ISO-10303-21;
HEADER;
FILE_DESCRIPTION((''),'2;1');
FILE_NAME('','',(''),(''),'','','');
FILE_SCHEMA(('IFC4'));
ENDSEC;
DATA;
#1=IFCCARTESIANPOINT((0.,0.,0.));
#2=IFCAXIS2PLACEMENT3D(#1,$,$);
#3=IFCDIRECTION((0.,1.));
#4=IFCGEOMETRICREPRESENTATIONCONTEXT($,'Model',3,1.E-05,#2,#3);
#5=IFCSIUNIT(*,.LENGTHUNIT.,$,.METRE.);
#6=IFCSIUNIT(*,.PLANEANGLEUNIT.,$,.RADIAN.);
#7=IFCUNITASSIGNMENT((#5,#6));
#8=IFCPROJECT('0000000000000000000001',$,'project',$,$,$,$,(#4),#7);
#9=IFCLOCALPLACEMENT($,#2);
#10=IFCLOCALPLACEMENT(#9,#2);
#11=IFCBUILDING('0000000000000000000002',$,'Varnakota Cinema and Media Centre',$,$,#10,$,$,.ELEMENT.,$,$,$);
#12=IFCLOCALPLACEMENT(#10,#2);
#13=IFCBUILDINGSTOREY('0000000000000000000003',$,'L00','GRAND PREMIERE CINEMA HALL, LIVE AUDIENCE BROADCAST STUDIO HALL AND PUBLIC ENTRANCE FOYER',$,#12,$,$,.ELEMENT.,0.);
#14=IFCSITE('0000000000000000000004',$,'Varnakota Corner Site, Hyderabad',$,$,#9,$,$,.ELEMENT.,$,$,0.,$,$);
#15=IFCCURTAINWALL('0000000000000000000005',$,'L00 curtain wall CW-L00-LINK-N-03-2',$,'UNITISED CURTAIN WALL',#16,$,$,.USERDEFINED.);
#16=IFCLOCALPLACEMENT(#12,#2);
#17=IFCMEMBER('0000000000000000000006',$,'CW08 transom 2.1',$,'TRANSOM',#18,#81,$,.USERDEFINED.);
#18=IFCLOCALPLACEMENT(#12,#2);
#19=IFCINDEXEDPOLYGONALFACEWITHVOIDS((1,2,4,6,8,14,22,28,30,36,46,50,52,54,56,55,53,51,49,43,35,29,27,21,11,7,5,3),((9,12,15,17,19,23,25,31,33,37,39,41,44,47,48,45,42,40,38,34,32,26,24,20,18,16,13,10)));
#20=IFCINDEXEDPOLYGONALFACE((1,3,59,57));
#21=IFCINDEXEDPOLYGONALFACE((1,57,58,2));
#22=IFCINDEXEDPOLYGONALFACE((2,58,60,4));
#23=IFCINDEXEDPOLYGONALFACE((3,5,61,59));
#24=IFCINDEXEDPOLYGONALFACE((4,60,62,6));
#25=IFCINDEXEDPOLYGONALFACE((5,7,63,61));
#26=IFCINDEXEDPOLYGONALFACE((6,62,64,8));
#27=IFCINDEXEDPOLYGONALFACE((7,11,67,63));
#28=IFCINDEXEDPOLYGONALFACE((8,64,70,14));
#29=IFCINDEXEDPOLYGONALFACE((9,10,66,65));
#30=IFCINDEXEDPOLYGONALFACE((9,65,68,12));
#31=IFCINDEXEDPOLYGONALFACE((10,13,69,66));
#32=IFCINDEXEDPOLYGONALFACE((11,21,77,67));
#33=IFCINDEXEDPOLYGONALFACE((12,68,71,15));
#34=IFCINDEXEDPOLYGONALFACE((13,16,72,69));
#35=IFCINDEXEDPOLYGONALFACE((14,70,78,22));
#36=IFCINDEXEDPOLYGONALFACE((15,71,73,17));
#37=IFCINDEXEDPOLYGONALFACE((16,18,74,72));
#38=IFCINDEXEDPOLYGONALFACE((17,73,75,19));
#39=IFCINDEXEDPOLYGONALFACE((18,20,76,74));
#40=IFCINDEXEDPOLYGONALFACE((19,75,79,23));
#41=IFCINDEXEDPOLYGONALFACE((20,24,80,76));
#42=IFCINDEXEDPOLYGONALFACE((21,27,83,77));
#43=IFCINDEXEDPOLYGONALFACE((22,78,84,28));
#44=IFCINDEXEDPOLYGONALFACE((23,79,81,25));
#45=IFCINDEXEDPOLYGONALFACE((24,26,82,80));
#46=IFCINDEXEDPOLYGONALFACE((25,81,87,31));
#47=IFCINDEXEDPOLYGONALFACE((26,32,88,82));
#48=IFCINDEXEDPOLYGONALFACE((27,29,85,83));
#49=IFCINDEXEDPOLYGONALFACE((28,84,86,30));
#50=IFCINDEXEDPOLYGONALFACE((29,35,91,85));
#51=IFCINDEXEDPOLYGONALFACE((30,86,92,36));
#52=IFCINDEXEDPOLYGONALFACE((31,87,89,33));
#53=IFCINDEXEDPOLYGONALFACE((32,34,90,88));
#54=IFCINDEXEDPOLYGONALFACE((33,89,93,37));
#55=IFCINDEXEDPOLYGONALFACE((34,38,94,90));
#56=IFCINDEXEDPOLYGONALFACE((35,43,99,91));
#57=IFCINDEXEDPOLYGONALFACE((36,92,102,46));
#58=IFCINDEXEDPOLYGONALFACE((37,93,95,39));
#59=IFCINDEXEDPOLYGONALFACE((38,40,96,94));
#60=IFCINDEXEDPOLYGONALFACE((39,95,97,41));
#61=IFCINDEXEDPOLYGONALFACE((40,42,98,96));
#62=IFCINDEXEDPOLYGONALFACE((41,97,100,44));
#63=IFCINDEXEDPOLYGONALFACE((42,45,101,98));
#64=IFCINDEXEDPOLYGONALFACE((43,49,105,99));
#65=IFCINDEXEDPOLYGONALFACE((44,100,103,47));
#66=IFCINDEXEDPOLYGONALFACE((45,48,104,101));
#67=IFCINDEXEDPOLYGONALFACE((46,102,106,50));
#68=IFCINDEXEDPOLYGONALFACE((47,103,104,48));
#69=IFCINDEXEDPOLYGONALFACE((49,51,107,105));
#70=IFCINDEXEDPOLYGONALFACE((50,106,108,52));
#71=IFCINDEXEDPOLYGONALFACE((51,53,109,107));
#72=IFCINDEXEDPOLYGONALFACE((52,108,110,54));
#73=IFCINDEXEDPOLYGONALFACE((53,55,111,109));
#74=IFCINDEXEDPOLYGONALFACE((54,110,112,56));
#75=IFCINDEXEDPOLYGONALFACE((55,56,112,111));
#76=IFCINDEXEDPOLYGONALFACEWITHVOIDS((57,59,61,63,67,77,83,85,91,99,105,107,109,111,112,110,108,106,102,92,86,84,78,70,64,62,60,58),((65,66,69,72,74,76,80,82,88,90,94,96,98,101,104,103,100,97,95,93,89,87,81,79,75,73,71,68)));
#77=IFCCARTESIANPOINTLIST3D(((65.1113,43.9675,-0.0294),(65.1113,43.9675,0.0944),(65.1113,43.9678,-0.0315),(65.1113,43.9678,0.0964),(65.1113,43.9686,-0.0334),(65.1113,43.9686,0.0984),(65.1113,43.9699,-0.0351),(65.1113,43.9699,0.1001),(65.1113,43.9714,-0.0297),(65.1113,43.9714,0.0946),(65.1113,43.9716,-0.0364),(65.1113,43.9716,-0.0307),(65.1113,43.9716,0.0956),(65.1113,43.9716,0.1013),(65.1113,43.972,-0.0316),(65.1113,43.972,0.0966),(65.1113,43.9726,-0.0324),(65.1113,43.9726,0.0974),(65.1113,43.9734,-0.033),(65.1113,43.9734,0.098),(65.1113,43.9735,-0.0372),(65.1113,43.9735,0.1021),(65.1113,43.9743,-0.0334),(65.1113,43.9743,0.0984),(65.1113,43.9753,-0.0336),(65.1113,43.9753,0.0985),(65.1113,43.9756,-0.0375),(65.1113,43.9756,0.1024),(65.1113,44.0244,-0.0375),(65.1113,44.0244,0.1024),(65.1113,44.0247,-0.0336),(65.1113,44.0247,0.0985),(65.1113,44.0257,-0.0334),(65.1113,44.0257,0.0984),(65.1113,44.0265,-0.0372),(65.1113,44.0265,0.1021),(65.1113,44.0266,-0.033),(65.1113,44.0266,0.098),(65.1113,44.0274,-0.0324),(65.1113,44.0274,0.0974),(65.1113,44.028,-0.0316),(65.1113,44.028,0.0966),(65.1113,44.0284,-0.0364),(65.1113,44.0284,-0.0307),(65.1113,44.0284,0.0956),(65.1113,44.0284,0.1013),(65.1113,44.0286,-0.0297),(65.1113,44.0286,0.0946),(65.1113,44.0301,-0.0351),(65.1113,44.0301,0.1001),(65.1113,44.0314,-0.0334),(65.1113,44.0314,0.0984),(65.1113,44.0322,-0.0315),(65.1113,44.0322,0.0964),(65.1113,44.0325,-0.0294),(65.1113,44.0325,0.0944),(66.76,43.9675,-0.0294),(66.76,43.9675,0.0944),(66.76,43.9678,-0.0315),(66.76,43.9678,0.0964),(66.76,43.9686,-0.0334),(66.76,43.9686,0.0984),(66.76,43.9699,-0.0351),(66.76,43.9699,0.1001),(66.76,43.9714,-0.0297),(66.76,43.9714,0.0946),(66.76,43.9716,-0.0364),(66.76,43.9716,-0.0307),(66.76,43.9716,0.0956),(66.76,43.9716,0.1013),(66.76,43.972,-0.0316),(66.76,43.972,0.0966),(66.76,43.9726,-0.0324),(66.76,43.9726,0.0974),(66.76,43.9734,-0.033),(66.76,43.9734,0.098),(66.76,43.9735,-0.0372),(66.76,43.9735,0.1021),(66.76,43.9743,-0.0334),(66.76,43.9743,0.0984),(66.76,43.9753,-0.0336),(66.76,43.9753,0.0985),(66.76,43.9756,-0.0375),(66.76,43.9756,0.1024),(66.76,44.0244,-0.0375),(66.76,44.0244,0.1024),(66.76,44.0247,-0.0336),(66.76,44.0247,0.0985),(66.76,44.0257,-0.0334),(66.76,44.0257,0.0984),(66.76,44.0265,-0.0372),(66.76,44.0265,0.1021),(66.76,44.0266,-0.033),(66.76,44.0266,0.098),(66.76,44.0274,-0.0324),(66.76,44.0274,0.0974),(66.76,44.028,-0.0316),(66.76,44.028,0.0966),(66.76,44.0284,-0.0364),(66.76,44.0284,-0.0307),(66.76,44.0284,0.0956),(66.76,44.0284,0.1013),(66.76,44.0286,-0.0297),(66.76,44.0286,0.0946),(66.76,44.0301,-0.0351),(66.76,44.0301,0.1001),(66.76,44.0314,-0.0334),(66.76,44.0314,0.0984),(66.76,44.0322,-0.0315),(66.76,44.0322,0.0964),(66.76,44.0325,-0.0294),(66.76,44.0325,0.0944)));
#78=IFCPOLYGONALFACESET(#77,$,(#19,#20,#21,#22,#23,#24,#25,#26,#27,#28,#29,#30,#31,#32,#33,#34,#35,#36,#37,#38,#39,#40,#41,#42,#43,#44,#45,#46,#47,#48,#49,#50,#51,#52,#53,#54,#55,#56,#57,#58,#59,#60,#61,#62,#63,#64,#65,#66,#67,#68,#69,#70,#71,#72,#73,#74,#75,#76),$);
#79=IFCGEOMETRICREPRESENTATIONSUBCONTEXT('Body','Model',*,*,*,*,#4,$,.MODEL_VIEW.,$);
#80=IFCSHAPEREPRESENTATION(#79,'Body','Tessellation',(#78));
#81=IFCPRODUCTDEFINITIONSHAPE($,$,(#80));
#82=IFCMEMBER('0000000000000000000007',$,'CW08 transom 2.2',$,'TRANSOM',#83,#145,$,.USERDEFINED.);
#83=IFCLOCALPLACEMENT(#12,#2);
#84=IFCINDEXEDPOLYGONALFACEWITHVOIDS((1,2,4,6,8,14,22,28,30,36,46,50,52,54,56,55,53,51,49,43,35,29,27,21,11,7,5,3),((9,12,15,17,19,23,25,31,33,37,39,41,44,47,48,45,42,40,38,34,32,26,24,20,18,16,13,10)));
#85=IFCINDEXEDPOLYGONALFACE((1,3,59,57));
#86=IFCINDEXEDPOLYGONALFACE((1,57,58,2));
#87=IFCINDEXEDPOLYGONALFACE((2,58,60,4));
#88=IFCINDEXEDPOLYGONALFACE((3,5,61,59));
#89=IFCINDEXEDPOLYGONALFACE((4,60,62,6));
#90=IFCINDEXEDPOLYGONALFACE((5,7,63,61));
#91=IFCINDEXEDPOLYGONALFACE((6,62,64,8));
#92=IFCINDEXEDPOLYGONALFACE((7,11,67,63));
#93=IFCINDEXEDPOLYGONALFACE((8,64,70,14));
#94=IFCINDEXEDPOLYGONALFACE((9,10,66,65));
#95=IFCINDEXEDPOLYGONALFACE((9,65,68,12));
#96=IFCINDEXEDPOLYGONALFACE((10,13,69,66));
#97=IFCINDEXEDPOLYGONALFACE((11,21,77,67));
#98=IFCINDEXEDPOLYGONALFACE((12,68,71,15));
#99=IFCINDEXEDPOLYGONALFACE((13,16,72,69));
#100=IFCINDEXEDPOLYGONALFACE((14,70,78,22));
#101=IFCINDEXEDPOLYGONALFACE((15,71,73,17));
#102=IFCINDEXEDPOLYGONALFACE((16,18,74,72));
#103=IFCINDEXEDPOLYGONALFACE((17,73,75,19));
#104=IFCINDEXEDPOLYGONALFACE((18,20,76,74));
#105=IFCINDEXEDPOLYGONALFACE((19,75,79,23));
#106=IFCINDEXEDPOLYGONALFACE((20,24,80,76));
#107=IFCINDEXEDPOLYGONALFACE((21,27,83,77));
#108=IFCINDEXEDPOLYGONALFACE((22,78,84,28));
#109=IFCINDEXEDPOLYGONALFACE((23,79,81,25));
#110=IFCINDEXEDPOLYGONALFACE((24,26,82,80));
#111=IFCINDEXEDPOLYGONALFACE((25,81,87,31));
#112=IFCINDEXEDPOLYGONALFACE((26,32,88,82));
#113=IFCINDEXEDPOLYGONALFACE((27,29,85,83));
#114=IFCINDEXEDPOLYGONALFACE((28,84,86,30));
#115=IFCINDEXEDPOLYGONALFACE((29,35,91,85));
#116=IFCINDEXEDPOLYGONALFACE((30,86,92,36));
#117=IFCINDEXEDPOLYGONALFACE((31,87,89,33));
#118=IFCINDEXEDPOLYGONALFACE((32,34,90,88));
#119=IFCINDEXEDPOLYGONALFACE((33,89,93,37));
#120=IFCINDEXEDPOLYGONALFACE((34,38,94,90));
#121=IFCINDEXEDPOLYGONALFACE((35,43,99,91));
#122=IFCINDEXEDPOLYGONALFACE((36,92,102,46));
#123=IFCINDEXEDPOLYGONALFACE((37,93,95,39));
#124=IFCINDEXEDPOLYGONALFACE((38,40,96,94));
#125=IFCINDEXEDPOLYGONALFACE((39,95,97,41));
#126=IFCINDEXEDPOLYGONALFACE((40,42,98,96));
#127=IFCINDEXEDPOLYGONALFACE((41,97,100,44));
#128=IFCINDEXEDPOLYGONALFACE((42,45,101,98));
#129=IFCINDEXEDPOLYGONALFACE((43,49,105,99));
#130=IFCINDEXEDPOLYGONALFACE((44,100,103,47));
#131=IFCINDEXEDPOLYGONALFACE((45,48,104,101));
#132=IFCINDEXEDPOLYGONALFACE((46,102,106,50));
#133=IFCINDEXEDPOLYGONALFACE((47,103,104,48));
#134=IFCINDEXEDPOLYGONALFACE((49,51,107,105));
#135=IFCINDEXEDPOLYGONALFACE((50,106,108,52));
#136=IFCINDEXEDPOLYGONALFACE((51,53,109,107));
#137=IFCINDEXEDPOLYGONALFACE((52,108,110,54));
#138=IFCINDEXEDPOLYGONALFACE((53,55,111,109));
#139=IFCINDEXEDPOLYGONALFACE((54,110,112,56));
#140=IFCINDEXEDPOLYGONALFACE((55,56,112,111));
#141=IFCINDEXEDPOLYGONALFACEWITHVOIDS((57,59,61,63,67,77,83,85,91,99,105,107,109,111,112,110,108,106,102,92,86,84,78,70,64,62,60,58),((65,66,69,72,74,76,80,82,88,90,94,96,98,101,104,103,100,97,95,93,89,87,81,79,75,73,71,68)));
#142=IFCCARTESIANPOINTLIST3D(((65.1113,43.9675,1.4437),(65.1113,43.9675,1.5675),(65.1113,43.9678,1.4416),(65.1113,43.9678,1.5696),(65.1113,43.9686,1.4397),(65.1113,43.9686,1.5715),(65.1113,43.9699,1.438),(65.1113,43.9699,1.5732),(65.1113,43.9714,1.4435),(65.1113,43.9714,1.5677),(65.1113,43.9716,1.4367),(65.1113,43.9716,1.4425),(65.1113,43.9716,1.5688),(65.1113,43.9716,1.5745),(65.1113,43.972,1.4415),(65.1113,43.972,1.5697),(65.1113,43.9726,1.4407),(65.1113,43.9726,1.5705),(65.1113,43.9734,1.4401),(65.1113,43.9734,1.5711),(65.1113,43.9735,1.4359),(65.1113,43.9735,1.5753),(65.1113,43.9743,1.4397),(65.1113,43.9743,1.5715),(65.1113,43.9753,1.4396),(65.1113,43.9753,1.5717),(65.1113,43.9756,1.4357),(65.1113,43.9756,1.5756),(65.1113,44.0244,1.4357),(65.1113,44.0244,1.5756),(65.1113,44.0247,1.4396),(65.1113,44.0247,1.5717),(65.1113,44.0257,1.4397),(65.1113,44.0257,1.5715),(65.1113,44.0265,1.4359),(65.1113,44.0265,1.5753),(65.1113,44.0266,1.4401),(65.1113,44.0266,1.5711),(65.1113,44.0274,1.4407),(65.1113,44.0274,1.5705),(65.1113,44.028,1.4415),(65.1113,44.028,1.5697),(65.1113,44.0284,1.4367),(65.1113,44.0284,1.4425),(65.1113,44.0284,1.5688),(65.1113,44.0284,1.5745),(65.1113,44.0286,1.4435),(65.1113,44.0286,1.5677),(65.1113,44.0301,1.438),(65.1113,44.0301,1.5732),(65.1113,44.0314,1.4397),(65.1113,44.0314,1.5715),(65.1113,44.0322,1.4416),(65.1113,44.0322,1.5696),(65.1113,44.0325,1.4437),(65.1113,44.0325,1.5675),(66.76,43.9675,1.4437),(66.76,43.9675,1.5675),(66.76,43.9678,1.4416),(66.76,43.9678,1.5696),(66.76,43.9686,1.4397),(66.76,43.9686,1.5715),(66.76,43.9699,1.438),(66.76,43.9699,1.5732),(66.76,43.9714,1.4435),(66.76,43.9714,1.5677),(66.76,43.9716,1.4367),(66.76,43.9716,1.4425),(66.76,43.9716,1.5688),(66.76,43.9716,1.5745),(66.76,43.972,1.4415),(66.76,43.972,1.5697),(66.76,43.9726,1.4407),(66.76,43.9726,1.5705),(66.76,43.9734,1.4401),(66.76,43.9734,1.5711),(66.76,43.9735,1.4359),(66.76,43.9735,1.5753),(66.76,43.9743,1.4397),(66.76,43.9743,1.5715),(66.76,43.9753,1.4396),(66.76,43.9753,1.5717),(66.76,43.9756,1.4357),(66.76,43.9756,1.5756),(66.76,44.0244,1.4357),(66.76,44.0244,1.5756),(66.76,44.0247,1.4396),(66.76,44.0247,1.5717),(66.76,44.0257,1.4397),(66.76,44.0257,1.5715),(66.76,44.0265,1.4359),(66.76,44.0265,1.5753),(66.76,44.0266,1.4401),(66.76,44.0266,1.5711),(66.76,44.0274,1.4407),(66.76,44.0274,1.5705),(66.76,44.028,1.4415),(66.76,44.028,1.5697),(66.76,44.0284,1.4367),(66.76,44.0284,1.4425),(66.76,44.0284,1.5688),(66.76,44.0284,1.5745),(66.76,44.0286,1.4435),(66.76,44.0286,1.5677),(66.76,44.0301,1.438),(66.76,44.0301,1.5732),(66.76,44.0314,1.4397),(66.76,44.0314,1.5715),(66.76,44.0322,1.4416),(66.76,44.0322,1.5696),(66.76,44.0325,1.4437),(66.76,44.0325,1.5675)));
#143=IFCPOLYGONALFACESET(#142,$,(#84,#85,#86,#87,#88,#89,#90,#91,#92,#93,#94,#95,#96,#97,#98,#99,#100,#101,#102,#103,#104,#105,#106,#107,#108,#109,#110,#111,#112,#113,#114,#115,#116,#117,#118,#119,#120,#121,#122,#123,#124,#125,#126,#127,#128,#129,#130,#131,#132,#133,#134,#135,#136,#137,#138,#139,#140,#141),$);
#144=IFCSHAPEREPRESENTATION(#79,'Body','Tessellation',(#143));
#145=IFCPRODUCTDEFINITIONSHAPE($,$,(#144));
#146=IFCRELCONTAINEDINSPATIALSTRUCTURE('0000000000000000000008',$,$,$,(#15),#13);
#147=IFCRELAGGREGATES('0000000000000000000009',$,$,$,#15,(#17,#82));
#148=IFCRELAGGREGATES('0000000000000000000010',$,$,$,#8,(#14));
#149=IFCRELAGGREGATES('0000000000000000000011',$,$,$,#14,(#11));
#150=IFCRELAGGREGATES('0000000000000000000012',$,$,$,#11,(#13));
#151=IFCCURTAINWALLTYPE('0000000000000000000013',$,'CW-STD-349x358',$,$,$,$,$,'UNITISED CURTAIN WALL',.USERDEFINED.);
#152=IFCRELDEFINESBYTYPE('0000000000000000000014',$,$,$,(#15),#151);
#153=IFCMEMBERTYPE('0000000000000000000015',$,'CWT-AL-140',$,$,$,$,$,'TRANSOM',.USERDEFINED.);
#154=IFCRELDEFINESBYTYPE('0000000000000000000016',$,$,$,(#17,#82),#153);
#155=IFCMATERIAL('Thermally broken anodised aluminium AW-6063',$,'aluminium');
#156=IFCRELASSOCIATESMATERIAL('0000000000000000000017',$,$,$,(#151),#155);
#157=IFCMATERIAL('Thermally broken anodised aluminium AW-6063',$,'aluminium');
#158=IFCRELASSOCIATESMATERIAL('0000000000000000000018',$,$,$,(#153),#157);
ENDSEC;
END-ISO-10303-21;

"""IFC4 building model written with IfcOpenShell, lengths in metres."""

from ifc_helpers import new_model, si_unit, direction, frame, origin, origin_2d, place, context, subcontext, project, spatial, hollow_rectangle, extrude, material, material_profile, profile_set, type_object, element, aggregate, save


model = new_model("IFC4")

# Units and contexts
model_context = context("Model", 3, precision=1e-05, world=origin(), true_north=direction((0.0, 1.0)))
body_context = subcontext(model_context, "Body", "Model", "MODEL_VIEW")
ifc_project = project(units=[si_unit("LENGTHUNIT", "METRE"), si_unit("PLANEANGLEUNIT", "RADIAN")], contexts=[model_context])

# Site, building, storey
site_placement = place(None, origin())
site = spatial("IfcSite", under=ifc_project, at=site_placement, Name="Varnakota Corner Site, Hyderabad", CompositionType="ELEMENT", RefElevation=0.0)
building_placement = place(site_placement, origin())
building = spatial("IfcBuilding", under=site, at=building_placement, Name="Varnakota Cinema and Media Centre", CompositionType="ELEMENT")
storey_placement = place(building_placement, origin())
storey = spatial("IfcBuildingStorey", under=building, at=storey_placement, Name="L00", Description="GRAND PREMIERE CINEMA HALL, LIVE AUDIENCE BROADCAST STUDIO HALL AND PUBLIC ENTRANCE FOYER", CompositionType="ELEMENT", Elevation=0.0)

# Curtain wall
ifc_material_1 = material(Name="Thermally broken anodised aluminium AW-6063", Category="aluminium")
curtain_wall_type = type_object("IfcCurtainWallType", Name="CW-STD-349x358", ElementType="UNITISED CURTAIN WALL", PredefinedType="USERDEFINED", material=ifc_material_1)
curtain_wall_1_placement = place(storey_placement, origin())
curtain_wall_1 = element("IfcCurtainWall", 1, at=curtain_wall_1_placement, inside=storey, type_object=curtain_wall_type, Name="L00 curtain wall CW-L00-LINK-N-03-2", ObjectType="UNITISED CURTAIN WALL", PredefinedType="USERDEFINED")

# Members
ifc_material_2 = material(Name="Thermally broken anodised aluminium AW-6063", Category="aluminium")
ifc_material_profile_1 = material_profile(ifc_material_2, hollow_rectangle(XDim=0.0649, YDim=0.1399, WallThickness=0.0039, InnerFilletRadius=0.0039, OuterFilletRadius=0.0081, at=origin_2d()), Name="AL-TRANSOM 140x65x4")
ifc_profile_set_1 = profile_set([ifc_material_profile_1], Name="Thermally broken anodised aluminium AW-6063")
member_type_1 = type_object("IfcMemberType", Name="CWT-AL-140", ElementType="TRANSOM", PredefinedType="USERDEFINED", material=ifc_profile_set_1)
member_1_placement = place(storey_placement, frame((65.1113, 44.0, 0.0325), z_axis=(1.0, 0.0, 0.0), x_axis=(0.0, 1.0, 0.0)))
member_1 = element("IfcMember", 2, at=member_1_placement, type_object=member_type_1, Name="CW08 transom 2.1", ObjectType="TRANSOM", PredefinedType="USERDEFINED", context=body_context, shape_type="SweptSolid", body=[
    extrude(hollow_rectangle(XDim=0.0649, YDim=0.1399, WallThickness=0.0039, InnerFilletRadius=0.0039, OuterFilletRadius=0.0081, at=origin_2d()), origin(), (0.0, 0.0, 1.0), 1.6487),
])
member_2_placement = place(storey_placement, frame((65.1113, 44.0, 1.5056), z_axis=(1.0, 0.0, 0.0), x_axis=(0.0, 1.0, 0.0)))
member_2 = element("IfcMember", 3, at=member_2_placement, type_object=member_type_1, Name="CW08 transom 2.2", ObjectType="TRANSOM", PredefinedType="USERDEFINED", context=body_context, shape_type="SweptSolid", body=[
    extrude(hollow_rectangle(XDim=0.0649, YDim=0.1399, WallThickness=0.0039, InnerFilletRadius=0.0039, OuterFilletRadius=0.0081, at=origin_2d()), origin(), (0.0, 0.0, 1.0), 1.6487),
])

aggregate(curtain_wall_1, [member_1, member_2])

save(model, "model.ifc")
